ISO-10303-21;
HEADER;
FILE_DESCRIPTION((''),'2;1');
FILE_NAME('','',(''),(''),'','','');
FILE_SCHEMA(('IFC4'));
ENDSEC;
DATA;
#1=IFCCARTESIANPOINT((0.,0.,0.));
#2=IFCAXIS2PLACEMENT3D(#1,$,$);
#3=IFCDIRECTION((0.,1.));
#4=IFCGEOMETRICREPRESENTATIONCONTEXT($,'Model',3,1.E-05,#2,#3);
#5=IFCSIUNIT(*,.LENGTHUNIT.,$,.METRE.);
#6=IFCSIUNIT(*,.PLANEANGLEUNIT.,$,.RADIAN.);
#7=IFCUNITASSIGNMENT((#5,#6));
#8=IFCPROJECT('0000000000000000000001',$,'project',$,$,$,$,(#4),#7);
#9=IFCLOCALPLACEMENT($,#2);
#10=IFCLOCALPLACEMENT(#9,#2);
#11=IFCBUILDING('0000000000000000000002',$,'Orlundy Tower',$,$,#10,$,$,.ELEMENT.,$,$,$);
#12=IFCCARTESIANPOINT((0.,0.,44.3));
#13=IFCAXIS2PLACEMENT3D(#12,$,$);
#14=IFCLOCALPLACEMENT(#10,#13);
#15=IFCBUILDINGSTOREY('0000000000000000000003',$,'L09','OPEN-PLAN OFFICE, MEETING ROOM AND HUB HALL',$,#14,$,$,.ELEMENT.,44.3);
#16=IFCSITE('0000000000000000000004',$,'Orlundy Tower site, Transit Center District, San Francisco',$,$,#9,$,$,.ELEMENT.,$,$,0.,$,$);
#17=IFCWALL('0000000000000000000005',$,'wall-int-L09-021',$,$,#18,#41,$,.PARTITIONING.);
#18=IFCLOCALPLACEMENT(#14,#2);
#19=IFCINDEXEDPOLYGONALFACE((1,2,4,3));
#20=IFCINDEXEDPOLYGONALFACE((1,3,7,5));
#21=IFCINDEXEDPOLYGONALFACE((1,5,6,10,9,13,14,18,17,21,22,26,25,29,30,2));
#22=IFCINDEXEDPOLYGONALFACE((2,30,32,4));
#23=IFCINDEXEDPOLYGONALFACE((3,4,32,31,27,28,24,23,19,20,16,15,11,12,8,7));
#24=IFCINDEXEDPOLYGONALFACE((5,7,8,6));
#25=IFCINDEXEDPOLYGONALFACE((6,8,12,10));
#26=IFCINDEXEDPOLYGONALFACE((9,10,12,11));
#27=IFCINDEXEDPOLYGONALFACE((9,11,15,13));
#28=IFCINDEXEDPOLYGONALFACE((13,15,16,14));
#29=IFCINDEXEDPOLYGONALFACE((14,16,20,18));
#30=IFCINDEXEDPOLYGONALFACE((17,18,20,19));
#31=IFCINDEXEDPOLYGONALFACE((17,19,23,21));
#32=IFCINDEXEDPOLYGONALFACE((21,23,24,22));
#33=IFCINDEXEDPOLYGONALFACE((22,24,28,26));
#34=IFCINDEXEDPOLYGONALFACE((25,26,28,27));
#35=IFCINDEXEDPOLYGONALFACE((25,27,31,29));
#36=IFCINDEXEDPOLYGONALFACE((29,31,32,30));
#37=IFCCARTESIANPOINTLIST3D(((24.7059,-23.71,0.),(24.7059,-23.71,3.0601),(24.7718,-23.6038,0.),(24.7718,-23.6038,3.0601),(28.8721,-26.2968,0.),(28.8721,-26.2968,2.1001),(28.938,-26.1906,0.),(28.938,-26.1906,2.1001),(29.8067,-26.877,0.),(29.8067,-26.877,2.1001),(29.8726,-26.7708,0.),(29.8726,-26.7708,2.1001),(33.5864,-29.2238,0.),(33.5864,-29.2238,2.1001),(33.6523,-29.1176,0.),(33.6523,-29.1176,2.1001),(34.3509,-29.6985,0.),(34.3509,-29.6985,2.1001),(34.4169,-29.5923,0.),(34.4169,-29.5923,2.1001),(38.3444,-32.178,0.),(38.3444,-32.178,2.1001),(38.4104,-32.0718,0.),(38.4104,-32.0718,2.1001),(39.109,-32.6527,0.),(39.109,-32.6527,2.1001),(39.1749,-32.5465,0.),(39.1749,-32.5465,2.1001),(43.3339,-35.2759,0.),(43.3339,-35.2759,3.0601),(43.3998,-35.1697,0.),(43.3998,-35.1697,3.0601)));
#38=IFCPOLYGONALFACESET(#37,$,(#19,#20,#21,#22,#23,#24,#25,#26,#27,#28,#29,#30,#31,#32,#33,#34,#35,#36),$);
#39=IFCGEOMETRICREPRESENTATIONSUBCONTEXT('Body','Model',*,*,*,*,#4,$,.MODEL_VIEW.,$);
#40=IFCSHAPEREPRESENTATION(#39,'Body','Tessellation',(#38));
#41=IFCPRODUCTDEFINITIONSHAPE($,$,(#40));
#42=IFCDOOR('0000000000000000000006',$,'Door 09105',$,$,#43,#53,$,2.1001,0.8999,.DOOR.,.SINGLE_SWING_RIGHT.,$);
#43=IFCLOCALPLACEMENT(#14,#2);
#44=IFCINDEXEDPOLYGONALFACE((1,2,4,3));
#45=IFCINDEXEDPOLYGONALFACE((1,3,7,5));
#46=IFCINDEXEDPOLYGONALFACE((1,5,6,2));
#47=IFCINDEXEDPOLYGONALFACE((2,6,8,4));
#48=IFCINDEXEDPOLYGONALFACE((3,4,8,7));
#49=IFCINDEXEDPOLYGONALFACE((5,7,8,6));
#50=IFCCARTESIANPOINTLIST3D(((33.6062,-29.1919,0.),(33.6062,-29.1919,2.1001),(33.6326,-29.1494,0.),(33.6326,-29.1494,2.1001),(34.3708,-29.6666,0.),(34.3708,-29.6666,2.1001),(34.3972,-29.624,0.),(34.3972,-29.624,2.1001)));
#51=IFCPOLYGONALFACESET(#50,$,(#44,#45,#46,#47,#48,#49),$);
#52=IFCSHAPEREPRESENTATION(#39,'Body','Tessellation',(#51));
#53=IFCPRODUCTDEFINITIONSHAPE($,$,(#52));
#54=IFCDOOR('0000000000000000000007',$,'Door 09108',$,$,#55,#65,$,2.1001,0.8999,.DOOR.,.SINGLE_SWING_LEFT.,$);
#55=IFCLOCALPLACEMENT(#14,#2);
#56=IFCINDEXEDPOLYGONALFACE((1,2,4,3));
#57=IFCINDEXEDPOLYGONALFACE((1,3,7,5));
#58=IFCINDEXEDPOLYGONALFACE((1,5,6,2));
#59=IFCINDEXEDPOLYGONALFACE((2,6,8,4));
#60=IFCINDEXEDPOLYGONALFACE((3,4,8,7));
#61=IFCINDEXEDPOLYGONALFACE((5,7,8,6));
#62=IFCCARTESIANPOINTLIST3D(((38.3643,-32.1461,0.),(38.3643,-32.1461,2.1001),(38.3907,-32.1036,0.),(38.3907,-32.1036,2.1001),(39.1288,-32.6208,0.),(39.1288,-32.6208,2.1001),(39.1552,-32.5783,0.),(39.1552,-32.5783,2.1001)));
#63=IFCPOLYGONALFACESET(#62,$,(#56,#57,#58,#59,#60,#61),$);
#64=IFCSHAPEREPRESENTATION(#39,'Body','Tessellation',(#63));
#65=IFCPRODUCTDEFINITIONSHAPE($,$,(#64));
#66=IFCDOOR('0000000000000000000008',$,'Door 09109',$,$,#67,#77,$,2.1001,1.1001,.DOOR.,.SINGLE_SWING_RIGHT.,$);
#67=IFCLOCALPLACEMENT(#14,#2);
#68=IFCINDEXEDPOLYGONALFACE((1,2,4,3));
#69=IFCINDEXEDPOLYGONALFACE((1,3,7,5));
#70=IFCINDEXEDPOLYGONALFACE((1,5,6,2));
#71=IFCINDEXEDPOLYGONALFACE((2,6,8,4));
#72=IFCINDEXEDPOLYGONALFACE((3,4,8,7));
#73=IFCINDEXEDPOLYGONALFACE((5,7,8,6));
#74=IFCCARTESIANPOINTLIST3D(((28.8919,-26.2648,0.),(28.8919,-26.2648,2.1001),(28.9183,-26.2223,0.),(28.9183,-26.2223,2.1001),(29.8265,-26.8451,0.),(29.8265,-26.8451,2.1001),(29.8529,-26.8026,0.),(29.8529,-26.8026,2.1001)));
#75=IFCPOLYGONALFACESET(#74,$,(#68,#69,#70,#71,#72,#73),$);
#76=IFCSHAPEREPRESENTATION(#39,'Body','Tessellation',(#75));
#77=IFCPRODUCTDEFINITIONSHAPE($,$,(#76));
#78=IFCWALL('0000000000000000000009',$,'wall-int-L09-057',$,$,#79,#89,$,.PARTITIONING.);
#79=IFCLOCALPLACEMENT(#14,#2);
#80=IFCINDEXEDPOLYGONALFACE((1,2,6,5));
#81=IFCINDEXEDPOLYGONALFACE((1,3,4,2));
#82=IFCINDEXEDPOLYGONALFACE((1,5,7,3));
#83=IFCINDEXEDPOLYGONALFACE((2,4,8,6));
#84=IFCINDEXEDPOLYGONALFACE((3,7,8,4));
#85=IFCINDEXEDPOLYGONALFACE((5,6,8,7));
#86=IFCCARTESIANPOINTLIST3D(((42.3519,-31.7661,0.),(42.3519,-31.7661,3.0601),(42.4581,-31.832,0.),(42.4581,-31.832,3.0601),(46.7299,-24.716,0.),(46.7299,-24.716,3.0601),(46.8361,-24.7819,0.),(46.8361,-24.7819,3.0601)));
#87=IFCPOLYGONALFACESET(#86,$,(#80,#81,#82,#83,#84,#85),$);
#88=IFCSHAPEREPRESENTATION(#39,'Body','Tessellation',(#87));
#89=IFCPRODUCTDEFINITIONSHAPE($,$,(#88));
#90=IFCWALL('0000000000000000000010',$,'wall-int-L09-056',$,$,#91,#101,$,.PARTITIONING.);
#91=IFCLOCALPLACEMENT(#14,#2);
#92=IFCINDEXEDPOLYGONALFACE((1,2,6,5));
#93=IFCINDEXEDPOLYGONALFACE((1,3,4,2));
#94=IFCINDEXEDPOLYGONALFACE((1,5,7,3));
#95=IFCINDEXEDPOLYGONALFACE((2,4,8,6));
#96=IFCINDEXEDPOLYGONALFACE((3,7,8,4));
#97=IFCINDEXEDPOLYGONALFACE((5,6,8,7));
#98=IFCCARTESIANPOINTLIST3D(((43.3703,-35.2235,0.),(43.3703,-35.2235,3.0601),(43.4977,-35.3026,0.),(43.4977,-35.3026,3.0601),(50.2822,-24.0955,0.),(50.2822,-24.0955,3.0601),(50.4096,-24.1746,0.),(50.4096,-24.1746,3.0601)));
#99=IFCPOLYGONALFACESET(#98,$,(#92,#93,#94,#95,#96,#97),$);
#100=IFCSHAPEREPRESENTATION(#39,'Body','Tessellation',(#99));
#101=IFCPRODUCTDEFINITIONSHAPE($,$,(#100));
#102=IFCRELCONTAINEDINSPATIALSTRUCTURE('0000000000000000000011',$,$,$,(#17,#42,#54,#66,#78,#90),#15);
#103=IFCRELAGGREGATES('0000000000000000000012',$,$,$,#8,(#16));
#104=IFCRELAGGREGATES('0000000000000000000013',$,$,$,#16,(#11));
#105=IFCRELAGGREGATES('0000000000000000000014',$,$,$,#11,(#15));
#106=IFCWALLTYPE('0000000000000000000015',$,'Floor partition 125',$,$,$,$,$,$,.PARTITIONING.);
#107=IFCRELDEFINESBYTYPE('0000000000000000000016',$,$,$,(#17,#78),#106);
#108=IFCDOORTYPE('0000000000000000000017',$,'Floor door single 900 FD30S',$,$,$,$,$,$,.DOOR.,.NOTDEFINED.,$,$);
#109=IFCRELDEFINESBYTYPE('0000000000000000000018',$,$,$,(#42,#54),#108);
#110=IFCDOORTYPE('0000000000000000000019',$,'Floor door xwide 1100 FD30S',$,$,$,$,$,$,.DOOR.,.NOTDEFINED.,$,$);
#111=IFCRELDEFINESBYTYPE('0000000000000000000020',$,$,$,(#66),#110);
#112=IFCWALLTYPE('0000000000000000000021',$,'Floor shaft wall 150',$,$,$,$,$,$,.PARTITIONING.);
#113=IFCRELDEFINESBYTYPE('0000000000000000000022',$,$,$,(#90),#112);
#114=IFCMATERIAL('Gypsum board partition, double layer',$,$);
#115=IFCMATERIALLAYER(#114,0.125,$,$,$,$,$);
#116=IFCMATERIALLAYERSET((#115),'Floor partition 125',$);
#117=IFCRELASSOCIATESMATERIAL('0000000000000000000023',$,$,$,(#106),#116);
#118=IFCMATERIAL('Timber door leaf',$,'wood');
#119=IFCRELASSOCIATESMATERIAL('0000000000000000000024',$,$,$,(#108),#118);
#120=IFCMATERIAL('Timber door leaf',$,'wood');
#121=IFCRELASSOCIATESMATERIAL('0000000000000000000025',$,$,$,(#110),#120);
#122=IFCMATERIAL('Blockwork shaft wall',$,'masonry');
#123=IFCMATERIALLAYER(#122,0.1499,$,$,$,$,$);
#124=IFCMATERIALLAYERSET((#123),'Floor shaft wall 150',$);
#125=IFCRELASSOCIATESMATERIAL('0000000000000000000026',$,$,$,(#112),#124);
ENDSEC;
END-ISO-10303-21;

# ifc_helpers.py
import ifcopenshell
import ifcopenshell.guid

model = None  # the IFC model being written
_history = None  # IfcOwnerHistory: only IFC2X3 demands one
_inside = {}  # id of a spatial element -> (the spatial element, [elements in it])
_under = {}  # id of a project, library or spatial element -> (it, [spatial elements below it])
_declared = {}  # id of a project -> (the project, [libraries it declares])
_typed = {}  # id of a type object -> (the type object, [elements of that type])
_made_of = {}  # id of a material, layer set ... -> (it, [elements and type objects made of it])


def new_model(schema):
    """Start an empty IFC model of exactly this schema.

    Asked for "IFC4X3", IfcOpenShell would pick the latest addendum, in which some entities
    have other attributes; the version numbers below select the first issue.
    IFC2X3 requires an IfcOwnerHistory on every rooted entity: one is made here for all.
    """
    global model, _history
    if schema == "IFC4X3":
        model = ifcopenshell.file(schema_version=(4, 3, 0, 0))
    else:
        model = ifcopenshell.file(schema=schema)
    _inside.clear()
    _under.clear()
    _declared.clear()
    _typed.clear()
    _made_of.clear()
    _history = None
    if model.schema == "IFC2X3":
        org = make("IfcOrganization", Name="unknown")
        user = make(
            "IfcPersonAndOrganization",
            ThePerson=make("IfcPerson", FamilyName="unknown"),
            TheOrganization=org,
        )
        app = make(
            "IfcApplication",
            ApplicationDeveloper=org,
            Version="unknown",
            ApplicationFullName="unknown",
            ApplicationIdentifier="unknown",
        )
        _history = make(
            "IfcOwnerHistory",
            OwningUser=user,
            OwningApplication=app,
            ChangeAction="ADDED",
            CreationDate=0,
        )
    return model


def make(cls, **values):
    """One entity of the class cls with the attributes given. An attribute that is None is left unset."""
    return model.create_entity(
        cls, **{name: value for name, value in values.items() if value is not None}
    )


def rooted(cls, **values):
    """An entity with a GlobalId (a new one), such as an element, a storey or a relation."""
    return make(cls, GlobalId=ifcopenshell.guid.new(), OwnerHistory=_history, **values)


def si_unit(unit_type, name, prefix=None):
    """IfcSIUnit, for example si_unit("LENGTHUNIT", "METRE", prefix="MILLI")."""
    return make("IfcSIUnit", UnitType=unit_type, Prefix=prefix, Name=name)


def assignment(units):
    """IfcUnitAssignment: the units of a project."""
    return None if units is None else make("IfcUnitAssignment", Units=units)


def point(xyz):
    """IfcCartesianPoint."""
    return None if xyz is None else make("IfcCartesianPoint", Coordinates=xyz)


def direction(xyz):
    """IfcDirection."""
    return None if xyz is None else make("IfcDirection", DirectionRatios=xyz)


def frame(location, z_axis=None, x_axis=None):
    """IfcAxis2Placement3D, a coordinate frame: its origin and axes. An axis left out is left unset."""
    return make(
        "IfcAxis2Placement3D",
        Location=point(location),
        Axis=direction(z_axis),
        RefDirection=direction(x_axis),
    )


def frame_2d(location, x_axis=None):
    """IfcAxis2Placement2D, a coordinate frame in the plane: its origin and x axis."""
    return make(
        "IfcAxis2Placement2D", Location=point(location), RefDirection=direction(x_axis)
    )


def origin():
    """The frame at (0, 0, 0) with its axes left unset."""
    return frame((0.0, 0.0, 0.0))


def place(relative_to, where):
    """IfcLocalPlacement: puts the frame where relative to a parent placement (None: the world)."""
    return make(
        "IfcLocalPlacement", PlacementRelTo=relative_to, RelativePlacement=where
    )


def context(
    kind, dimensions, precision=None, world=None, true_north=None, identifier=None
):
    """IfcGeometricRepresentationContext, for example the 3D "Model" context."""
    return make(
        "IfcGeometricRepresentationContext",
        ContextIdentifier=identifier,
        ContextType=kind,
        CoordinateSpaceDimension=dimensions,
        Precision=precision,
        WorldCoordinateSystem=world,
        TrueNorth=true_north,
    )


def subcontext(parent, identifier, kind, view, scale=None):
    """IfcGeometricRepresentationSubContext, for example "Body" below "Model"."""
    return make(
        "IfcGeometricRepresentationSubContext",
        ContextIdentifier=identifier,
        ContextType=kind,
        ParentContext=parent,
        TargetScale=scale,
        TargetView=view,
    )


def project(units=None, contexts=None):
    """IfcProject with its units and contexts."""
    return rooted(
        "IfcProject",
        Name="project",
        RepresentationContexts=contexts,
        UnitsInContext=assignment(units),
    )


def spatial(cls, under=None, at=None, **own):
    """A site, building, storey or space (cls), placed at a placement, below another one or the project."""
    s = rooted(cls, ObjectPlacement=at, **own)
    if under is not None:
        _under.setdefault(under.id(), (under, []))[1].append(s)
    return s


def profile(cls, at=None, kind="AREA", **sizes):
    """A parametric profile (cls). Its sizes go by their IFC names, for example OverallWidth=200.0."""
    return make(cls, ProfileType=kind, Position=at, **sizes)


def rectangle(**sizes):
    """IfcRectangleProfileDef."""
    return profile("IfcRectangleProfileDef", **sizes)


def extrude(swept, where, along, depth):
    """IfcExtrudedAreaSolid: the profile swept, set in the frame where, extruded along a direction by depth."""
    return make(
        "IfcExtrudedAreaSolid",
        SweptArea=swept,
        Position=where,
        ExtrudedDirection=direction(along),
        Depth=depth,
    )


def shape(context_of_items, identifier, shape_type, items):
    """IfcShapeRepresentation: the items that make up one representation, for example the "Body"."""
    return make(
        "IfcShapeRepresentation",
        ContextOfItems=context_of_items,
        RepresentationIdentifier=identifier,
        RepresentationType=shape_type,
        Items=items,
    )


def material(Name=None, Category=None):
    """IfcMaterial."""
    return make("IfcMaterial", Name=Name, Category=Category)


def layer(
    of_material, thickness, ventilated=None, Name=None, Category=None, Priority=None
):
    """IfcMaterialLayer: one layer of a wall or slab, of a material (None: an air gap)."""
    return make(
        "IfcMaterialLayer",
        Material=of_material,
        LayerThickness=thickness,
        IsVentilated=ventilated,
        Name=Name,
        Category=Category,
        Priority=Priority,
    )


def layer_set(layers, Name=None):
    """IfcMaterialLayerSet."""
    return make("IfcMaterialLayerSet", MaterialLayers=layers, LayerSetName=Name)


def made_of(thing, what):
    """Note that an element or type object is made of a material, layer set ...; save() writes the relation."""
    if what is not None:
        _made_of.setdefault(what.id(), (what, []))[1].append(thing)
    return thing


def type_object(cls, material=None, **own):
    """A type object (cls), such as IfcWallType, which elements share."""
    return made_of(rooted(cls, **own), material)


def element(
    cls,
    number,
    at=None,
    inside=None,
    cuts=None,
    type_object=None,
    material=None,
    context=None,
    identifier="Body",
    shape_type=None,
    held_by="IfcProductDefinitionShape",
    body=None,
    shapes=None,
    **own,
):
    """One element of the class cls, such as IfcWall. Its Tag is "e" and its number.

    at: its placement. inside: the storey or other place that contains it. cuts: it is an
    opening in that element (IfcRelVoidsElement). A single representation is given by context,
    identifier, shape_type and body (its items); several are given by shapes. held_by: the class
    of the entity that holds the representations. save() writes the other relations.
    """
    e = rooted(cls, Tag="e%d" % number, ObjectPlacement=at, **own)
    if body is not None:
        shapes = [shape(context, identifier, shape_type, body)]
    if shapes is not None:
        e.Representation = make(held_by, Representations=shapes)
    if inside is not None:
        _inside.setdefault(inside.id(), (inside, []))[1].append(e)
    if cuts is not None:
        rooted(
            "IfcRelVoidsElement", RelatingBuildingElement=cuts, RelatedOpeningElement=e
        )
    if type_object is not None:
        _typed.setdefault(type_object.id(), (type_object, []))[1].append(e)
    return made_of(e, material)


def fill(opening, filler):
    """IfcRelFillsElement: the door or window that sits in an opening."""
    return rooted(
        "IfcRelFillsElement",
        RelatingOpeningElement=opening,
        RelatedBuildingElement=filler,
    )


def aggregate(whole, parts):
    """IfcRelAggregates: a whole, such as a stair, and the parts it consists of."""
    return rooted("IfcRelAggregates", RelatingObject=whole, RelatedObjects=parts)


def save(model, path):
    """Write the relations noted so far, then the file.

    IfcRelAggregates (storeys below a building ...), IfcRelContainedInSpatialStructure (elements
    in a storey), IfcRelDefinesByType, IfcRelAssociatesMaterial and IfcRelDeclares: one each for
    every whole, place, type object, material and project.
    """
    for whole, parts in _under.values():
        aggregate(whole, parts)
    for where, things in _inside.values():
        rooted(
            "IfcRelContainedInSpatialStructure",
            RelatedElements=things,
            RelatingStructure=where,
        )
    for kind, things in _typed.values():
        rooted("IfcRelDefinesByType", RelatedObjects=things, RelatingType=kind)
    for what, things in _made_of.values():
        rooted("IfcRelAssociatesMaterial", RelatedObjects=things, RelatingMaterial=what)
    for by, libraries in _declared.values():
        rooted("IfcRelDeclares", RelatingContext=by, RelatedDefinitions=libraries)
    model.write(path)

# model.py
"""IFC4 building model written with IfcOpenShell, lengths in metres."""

from ifc_helpers import new_model, si_unit, direction, frame, frame_2d, origin, place, context, subcontext, project, spatial, rectangle, extrude, material, layer, layer_set, type_object, element, fill, save


model = new_model("IFC4")

# Units and contexts
model_context = context("Model", 3, precision=1e-05, world=origin(), true_north=direction((0.0, 1.0)))
body_context = subcontext(model_context, "Body", "Model", "MODEL_VIEW")
ifc_project = project(units=[si_unit("LENGTHUNIT", "METRE"), si_unit("PLANEANGLEUNIT", "RADIAN")], contexts=[model_context])

# Site, building, storey
site_placement = place(None, origin())
site = spatial("IfcSite", under=ifc_project, at=site_placement, Name="Orlundy Tower site, Transit Center District, San Francisco", CompositionType="ELEMENT", RefElevation=0.0)
building_placement = place(site_placement, origin())
building = spatial("IfcBuilding", under=site, at=building_placement, Name="Orlundy Tower", CompositionType="ELEMENT")
storey_placement = place(building_placement, frame((0.0, 0.0, 44.3)))
storey = spatial("IfcBuildingStorey", under=building, at=storey_placement, Name="L09", Description="OPEN-PLAN OFFICE, MEETING ROOM AND HUB HALL", CompositionType="ELEMENT", Elevation=44.3)

# Wall, openings, doors
ifc_material_1 = material(Name="Gypsum board partition, double layer")
ifc_layer_1 = layer(ifc_material_1, 0.125)
ifc_layer_set_1 = layer_set([ifc_layer_1], Name="Floor partition 125")
wall_type_1 = type_object("IfcWallType", Name="Floor partition 125", PredefinedType="PARTITIONING", material=ifc_layer_set_1)
wall_1_placement = place(storey_placement, frame((43.3669, -35.2229, 0.0), z_axis=(0.0, 0.0, 1.0), x_axis=(-0.849563, 0.527486, 0.0)))
wall_1 = element("IfcWall", 1, at=wall_1_placement, inside=storey, type_object=wall_type_1, Name="wall-int-L09-021", PredefinedType="PARTITIONING", context=body_context, shape_type="SweptSolid", body=[
    extrude(rectangle(XDim=21.9265, YDim=0.125, at=frame_2d((10.9634, 0.0))), origin(), (0.0, 0.0, 1.0), 3.0601),
])
opening_1_placement = place(wall_1_placement, frame((10.5737, 0.0, 0.0)))
opening_1 = element("IfcOpeningElement", 2, at=opening_1_placement, cuts=wall_1, PredefinedType="OPENING", context=body_context, shape_type="SweptSolid", body=[
    extrude(rectangle(XDim=0.8999, YDim=2.1001, at=frame_2d((0.45, 1.05))), frame((0.0, 0.0725, 0.0), z_axis=(0.0, -1.0, 0.0), x_axis=(1.0, 0.0, 0.0)), (0.0, 0.0, 1.0), 0.145),
])
opening_2_placement = place(wall_1_placement, frame((4.9731, 0.0, 0.0)))
opening_2 = element("IfcOpeningElement", 3, at=opening_2_placement, cuts=wall_1, PredefinedType="OPENING", context=body_context, shape_type="SweptSolid", body=[
    extrude(rectangle(XDim=0.8999, YDim=2.1001, at=frame_2d((0.45, 1.05))), frame((0.0, 0.0725, 0.0), z_axis=(0.0, -1.0, 0.0), x_axis=(1.0, 0.0, 0.0)), (0.0, 0.0, 1.0), 0.145),
])
opening_3_placement = place(wall_1_placement, frame((15.9226, 0.0, 0.0)))
opening_3 = element("IfcOpeningElement", 4, at=opening_3_placement, cuts=wall_1, PredefinedType="OPENING", context=body_context, shape_type="SweptSolid", body=[
    extrude(rectangle(XDim=1.1001, YDim=2.1001, at=frame_2d((0.55, 1.05))), frame((0.0, 0.0725, 0.0), z_axis=(0.0, -1.0, 0.0), x_axis=(1.0, 0.0, 0.0)), (0.0, 0.0, 1.0), 0.145),
])
ifc_material_2 = material(Name="Timber door leaf", Category="wood")
door_type_1 = type_object("IfcDoorType", Name="Floor door single 900 FD30S", OperationType="NOTDEFINED", PredefinedType="DOOR", material=ifc_material_2)
door_1_placement = place(opening_1_placement, origin())
door_1 = element("IfcDoor", 5, at=door_1_placement, inside=storey, type_object=door_type_1, Name="Door 09105", OperationType="SINGLE_SWING_RIGHT", OverallHeight=2.1001, OverallWidth=0.8999, PredefinedType="DOOR", context=body_context, shape_type="SweptSolid", body=[
    extrude(rectangle(XDim=0.8999, YDim=2.1001, at=frame_2d((0.45, 1.05))), frame((0.0, 0.0249, 0.0), z_axis=(0.0, -1.0, 0.0), x_axis=(1.0, 0.0, 0.0)), (0.0, 0.0, 1.0), 0.05),
])
fill(opening_1, door_1)
door_2_placement = place(opening_2_placement, origin())
door_2 = element("IfcDoor", 6, at=door_2_placement, inside=storey, type_object=door_type_1, Name="Door 09108", OperationType="SINGLE_SWING_LEFT", OverallHeight=2.1001, OverallWidth=0.8999, PredefinedType="DOOR", context=body_context, shape_type="SweptSolid", body=[
    extrude(rectangle(XDim=0.8999, YDim=2.1001, at=frame_2d((0.45, 1.05))), frame((0.0, 0.0249, 0.0), z_axis=(0.0, -1.0, 0.0), x_axis=(1.0, 0.0, 0.0)), (0.0, 0.0, 1.0), 0.05),
])
fill(opening_2, door_2)
ifc_material_3 = material(Name="Timber door leaf", Category="wood")
door_type_2 = type_object("IfcDoorType", Name="Floor door xwide 1100 FD30S", OperationType="NOTDEFINED", PredefinedType="DOOR", material=ifc_material_3)
door_3_placement = place(opening_3_placement, origin())
door_3 = element("IfcDoor", 7, at=door_3_placement, inside=storey, type_object=door_type_2, Name="Door 09109", OperationType="SINGLE_SWING_RIGHT", OverallHeight=2.1001, OverallWidth=1.1001, PredefinedType="DOOR", context=body_context, shape_type="SweptSolid", body=[
    extrude(rectangle(XDim=1.1001, YDim=2.1001, at=frame_2d((0.55, 1.05))), frame((0.0, 0.0249, 0.0), z_axis=(0.0, -1.0, 0.0), x_axis=(1.0, 0.0, 0.0)), (0.0, 0.0, 1.0), 0.05),
])
fill(opening_3, door_3)

# Walls
wall_2_placement = place(storey_placement, frame((42.405, -31.7991, 0.0), z_axis=(0.0, 0.0, 1.0), x_axis=(0.52754, 0.84953, 0.0)))
element("IfcWall", 8, at=wall_2_placement, inside=storey, type_object=wall_type_1, Name="wall-int-L09-057", PredefinedType="PARTITIONING", context=body_context, shape_type="SweptSolid", body=[
    extrude(rectangle(XDim=8.2988, YDim=0.125, at=frame_2d((4.1494, 0.0))), origin(), (0.0, 0.0, 1.0), 3.0601),
])
ifc_material_4 = material(Name="Blockwork shaft wall", Category="masonry")
ifc_layer_2 = layer(ifc_material_4, 0.1499)
ifc_layer_set_2 = layer_set([ifc_layer_2], Name="Floor shaft wall 150")
wall_type_2 = type_object("IfcWallType", Name="Floor shaft wall 150", PredefinedType="PARTITIONING", material=ifc_layer_set_2)
wall_3_placement = place(storey_placement, frame((43.4341, -35.2629, 0.0), z_axis=(0.0, 0.0, 1.0), x_axis=(0.527631, 0.849473, 0.0)))
element("IfcWall", 9, at=wall_3_placement, inside=storey, type_object=wall_type_2, Name="wall-int-L09-056", PredefinedType="PARTITIONING", context=body_context, shape_type="SweptSolid", body=[
    extrude(rectangle(XDim=13.0999, YDim=0.1499, at=frame_2d((6.5498, 0.0))), origin(), (0.0, 0.0, 1.0), 3.0601),
])

save(model, "model.ifc")
